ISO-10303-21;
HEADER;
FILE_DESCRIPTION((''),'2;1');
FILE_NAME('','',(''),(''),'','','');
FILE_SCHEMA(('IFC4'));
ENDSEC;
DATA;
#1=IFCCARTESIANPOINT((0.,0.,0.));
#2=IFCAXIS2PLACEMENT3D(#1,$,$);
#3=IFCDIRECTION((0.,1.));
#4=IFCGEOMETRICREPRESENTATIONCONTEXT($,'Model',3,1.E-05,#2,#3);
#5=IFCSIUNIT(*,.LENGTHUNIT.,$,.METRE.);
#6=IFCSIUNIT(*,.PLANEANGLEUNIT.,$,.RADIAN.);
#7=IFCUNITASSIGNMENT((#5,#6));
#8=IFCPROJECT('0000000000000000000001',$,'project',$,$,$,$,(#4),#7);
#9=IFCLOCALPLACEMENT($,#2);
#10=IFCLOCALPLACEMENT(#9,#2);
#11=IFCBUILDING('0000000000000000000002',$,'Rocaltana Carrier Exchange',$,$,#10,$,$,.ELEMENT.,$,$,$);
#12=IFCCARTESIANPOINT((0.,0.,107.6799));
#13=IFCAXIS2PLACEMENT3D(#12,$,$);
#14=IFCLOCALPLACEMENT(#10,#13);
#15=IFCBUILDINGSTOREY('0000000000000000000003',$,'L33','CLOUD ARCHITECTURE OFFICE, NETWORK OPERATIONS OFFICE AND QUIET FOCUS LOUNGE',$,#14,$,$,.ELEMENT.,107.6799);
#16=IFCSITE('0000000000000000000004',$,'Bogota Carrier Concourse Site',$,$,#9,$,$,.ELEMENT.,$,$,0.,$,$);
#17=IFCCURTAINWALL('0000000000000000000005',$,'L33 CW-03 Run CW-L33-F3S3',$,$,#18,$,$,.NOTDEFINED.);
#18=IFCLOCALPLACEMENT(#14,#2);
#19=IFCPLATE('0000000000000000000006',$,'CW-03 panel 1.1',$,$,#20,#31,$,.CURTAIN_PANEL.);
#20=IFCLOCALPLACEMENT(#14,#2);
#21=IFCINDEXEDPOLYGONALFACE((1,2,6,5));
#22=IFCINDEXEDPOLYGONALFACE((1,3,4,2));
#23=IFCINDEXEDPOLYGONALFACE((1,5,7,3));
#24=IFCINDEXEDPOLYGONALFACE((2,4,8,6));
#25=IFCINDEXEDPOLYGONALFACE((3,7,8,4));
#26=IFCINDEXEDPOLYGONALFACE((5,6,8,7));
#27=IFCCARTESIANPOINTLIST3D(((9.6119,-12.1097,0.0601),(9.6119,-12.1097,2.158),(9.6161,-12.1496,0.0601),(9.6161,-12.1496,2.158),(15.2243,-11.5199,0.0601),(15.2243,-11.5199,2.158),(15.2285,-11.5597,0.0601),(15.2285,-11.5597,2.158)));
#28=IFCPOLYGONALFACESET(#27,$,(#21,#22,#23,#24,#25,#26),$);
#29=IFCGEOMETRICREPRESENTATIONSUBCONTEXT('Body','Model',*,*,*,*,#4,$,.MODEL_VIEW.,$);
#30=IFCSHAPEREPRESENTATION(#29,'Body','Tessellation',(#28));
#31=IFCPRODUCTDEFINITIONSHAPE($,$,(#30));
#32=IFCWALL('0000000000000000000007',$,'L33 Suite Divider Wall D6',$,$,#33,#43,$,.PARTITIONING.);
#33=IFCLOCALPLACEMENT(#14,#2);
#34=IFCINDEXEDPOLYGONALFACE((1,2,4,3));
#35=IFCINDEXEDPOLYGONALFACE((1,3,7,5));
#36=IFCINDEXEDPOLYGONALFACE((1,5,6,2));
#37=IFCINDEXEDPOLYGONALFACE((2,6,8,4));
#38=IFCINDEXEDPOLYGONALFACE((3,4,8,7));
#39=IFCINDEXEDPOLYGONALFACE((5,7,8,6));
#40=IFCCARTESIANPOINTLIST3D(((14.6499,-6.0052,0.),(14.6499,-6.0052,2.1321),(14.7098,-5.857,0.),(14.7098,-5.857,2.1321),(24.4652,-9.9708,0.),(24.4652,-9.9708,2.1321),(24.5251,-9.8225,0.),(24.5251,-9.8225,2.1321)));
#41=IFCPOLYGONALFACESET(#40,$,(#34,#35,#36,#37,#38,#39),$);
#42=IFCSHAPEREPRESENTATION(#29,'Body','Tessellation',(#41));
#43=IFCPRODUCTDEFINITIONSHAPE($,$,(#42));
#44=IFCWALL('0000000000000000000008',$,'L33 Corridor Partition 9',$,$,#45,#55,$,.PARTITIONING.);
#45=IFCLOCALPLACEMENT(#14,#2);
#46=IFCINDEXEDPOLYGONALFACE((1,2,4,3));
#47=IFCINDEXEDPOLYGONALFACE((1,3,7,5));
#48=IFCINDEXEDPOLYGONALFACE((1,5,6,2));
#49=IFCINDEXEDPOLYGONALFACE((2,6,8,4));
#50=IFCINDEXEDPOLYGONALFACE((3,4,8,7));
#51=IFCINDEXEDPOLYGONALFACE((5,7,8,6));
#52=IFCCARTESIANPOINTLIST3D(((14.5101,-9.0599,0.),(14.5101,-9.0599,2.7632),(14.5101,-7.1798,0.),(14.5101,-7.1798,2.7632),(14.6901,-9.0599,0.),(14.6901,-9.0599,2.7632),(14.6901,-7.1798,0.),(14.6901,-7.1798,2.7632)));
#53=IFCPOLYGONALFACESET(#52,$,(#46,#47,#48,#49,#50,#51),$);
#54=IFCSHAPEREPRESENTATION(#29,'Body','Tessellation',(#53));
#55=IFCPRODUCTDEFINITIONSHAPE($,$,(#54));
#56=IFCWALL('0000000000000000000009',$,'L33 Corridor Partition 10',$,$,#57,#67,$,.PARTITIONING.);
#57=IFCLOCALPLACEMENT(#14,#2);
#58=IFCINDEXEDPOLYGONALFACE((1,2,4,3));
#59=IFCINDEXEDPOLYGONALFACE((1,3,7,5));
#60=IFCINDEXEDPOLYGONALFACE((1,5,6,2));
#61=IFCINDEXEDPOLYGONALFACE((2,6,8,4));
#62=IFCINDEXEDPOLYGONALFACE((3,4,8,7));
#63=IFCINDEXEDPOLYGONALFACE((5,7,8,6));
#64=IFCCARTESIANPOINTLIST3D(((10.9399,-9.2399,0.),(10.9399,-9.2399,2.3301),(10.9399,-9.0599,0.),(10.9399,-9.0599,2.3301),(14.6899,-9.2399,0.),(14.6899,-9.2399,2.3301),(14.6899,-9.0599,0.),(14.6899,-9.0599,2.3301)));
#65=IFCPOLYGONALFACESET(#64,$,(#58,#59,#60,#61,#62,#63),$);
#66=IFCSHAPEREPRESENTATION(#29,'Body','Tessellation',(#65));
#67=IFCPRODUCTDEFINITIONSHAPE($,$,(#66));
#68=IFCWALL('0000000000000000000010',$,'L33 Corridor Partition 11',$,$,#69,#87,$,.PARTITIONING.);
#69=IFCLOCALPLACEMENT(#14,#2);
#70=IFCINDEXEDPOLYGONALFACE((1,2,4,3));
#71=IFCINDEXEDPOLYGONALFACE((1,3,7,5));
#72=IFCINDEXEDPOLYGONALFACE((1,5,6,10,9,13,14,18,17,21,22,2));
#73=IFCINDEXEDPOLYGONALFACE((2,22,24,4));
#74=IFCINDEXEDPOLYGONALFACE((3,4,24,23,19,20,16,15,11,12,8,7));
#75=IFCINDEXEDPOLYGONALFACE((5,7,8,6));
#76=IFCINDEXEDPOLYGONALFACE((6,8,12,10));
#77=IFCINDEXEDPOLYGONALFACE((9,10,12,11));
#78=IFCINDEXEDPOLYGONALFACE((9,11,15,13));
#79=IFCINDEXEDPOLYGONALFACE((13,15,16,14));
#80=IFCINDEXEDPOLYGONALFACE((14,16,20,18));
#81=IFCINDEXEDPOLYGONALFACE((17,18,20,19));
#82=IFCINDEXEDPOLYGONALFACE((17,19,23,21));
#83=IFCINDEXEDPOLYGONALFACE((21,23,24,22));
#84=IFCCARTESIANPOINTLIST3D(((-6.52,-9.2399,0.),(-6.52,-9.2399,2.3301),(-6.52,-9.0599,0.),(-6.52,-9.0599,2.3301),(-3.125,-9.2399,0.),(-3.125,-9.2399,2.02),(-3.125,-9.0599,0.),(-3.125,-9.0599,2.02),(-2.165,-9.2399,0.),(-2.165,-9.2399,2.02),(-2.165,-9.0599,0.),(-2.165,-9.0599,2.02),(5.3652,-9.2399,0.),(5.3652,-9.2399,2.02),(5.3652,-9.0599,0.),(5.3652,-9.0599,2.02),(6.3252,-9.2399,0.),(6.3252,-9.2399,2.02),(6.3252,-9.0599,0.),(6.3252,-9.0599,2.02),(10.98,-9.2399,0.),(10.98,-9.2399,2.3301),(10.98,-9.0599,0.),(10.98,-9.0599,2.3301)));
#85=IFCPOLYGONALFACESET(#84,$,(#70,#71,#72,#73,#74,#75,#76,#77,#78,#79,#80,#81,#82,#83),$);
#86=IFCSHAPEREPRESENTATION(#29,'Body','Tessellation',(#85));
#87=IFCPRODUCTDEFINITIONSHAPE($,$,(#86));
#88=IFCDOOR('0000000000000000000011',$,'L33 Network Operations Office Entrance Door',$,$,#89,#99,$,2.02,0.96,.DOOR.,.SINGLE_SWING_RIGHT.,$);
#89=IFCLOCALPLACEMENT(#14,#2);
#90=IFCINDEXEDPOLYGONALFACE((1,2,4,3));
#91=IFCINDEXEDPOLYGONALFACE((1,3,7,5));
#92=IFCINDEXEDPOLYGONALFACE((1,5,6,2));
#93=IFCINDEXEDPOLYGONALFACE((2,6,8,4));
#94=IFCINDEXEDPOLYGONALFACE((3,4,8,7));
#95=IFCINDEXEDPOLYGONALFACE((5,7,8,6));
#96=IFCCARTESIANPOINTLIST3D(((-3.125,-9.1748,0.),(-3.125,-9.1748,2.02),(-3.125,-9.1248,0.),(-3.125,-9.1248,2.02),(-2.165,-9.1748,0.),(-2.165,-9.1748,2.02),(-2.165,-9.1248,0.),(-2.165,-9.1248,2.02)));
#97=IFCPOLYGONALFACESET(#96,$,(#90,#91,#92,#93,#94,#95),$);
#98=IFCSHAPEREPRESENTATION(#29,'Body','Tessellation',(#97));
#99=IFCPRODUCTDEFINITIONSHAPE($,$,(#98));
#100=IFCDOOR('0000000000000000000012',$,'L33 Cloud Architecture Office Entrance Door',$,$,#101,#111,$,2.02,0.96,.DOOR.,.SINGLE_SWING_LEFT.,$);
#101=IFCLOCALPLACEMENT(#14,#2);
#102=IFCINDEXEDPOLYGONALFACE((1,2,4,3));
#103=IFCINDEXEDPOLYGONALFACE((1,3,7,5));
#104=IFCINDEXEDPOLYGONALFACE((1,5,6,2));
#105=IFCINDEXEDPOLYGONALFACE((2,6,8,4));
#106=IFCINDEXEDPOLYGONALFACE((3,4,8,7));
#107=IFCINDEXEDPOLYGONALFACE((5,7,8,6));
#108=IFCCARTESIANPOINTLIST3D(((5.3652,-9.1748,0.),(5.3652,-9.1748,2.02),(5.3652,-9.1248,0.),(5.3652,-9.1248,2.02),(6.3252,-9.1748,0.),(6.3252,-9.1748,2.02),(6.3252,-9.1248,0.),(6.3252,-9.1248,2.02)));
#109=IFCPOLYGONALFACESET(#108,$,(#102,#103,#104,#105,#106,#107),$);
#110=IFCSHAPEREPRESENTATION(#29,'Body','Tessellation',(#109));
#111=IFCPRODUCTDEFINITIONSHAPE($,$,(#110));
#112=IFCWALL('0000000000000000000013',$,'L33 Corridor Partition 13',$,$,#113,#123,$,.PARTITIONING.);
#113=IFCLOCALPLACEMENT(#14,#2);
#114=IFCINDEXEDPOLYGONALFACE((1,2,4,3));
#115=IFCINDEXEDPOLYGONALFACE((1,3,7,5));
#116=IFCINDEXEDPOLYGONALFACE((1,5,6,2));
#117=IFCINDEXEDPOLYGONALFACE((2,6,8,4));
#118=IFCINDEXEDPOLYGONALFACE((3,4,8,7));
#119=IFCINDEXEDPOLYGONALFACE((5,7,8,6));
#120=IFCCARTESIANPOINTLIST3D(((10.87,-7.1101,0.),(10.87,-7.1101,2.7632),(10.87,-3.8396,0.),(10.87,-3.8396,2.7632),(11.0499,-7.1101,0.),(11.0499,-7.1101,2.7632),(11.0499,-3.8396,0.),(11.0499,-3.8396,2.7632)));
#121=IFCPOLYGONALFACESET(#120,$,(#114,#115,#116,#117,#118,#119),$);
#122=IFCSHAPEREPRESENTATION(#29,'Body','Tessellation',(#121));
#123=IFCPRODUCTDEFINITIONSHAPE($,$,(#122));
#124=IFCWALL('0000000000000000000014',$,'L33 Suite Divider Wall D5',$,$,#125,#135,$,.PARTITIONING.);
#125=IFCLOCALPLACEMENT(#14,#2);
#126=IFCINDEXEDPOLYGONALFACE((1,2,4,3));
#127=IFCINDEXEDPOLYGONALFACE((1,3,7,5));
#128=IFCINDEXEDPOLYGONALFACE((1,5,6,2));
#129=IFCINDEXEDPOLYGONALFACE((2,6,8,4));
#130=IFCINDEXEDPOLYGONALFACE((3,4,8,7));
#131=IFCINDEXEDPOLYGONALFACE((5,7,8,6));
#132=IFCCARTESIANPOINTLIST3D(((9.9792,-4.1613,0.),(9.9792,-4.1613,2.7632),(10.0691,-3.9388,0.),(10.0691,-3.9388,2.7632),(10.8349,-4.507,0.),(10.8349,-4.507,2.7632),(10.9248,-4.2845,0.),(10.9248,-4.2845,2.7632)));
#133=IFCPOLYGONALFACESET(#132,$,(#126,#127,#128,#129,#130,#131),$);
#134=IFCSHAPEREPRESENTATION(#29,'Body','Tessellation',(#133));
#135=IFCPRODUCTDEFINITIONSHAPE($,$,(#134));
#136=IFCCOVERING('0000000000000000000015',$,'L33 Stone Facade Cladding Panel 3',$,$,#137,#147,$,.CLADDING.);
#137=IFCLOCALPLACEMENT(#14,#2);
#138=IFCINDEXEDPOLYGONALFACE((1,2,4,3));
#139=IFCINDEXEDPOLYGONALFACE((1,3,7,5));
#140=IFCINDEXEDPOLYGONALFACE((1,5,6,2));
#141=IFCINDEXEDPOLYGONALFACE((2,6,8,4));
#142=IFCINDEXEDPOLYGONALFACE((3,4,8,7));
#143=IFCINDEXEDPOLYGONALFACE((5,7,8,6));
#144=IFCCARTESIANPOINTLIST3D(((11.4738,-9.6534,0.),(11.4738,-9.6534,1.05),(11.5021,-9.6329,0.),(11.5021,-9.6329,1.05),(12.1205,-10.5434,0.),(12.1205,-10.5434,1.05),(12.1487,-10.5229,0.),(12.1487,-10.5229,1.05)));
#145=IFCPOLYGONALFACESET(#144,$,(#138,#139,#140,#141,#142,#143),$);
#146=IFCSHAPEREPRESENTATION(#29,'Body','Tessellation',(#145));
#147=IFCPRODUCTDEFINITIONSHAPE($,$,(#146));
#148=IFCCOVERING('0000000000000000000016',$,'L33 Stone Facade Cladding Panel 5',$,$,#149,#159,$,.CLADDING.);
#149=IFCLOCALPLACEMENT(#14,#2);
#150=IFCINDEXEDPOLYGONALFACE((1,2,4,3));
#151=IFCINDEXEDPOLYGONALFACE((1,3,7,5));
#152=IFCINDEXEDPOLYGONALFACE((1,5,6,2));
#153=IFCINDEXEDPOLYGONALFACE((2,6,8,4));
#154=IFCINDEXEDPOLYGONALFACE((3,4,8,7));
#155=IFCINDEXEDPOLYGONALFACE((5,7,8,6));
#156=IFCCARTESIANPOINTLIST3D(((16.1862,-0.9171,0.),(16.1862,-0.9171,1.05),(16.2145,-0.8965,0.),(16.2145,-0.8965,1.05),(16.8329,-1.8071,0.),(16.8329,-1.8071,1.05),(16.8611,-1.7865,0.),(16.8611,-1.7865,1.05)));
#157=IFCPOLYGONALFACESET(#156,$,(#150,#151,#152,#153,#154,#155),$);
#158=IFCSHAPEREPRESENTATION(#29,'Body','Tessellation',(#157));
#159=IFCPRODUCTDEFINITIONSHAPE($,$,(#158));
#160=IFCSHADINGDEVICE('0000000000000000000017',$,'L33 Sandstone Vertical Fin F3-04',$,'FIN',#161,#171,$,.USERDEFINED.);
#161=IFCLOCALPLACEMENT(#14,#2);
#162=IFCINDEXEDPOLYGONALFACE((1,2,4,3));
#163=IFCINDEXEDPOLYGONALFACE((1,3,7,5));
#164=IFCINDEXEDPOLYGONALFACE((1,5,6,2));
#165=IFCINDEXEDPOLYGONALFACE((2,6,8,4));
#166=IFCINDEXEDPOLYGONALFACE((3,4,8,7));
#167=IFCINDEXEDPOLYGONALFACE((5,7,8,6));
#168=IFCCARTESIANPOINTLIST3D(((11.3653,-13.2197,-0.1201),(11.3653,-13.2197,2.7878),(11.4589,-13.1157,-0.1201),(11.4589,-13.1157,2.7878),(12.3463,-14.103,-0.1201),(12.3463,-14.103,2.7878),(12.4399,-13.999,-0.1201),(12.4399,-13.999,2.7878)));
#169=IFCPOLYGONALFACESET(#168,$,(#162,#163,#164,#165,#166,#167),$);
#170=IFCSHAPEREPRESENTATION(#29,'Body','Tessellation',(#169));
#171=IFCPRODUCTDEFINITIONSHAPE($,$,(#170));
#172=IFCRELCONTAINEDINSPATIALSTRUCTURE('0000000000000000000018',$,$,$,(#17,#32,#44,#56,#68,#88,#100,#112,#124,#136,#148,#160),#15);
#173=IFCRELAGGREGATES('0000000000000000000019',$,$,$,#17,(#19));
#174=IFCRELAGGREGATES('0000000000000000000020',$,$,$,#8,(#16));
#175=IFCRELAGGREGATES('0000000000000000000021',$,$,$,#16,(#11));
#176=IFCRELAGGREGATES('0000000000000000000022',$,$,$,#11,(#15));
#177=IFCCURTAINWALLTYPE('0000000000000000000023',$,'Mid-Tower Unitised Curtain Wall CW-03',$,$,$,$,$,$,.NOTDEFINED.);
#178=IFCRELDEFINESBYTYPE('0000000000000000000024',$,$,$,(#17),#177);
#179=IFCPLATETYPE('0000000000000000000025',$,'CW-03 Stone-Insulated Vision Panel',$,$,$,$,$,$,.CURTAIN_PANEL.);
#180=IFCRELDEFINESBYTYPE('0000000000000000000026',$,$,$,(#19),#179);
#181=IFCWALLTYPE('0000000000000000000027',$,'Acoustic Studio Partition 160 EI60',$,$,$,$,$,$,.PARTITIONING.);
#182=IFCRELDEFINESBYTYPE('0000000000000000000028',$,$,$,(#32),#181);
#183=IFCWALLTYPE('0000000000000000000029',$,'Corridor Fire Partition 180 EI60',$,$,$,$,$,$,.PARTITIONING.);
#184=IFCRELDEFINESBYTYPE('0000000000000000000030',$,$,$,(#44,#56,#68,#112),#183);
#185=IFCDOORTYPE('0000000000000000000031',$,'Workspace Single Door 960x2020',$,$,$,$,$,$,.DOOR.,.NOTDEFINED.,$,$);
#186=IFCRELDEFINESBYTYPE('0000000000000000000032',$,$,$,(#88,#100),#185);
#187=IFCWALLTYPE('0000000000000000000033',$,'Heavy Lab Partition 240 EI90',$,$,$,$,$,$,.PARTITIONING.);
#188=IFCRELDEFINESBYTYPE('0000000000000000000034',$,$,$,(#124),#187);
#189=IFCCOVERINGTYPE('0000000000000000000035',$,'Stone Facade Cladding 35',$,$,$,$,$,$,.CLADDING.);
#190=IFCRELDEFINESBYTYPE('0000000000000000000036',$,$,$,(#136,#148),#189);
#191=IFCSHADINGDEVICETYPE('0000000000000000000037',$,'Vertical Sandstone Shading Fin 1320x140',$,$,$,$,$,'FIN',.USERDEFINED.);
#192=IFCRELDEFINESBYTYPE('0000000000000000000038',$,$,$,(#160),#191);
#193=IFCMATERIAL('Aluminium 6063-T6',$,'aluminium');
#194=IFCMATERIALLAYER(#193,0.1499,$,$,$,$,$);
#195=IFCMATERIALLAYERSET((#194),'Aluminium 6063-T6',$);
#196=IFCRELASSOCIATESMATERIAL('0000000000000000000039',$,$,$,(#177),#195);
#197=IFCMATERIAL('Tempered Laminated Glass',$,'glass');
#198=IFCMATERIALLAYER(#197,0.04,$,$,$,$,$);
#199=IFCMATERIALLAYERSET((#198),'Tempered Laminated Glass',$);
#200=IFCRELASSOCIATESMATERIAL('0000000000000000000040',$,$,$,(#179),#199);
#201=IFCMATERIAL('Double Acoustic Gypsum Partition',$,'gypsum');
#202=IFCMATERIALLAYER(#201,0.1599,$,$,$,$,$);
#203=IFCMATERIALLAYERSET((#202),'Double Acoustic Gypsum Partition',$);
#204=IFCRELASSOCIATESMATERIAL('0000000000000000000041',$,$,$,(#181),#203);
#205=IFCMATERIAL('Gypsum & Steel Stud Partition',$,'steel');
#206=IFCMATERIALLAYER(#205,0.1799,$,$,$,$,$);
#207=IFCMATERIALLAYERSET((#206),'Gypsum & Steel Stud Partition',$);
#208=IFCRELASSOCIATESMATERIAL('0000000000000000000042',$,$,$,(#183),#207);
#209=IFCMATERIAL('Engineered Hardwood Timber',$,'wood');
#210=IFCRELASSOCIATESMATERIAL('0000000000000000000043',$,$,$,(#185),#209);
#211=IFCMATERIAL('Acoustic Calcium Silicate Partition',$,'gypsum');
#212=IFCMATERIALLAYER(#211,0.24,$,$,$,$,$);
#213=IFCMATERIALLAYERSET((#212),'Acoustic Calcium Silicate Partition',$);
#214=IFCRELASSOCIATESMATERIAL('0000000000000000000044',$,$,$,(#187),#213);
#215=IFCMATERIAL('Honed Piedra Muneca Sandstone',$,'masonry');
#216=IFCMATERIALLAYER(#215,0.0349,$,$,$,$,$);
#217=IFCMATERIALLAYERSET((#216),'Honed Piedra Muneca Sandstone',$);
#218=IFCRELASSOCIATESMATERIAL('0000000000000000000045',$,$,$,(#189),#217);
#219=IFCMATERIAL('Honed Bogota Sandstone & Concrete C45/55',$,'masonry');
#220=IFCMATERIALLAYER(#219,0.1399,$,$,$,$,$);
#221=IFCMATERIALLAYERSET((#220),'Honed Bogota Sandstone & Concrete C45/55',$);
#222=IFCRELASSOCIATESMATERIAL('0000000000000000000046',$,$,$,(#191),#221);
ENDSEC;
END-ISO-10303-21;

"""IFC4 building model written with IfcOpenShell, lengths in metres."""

from ifc_helpers import new_model, si_unit, direction, frame, frame_2d, origin, origin_2d, place, context, subcontext, project, spatial, rectangle, extrude, material, layer, layer_set, type_object, element, fill, aggregate, save


model = new_model("IFC4")

# Units and contexts
model_context = context("Model", 3, precision=1e-05, world=origin(), true_north=direction((0.0, 1.0)))
body_context = subcontext(model_context, "Body", "Model", "MODEL_VIEW")
ifc_project = project(units=[si_unit("LENGTHUNIT", "METRE"), si_unit("PLANEANGLEUNIT", "RADIAN")], contexts=[model_context])

# Site, building, storey
site_placement = place(None, origin())
site = spatial("IfcSite", under=ifc_project, at=site_placement, Name="Bogota Carrier Concourse Site", CompositionType="ELEMENT", RefElevation=0.0)
building_placement = place(site_placement, origin())
building = spatial("IfcBuilding", under=site, at=building_placement, Name="Rocaltana Carrier Exchange", CompositionType="ELEMENT")
storey_placement = place(building_placement, frame((0.0, 0.0, 107.6799)))
storey = spatial("IfcBuildingStorey", under=building, at=storey_placement, Name="L33", Description="CLOUD ARCHITECTURE OFFICE, NETWORK OPERATIONS OFFICE AND QUIET FOCUS LOUNGE", CompositionType="ELEMENT", Elevation=107.6799)

# Curtain wall
ifc_material_1 = material(Name="Aluminium 6063-T6", Category="aluminium")
ifc_layer_1 = layer(ifc_material_1, 0.1499)
ifc_layer_set_1 = layer_set([ifc_layer_1], Name="Aluminium 6063-T6")
curtain_wall_type = type_object("IfcCurtainWallType", Name="Mid-Tower Unitised Curtain Wall CW-03", PredefinedType="NOTDEFINED", material=ifc_layer_set_1)
curtain_wall_1_placement = place(storey_placement, origin())
curtain_wall_1 = element("IfcCurtainWall", 1, at=curtain_wall_1_placement, inside=storey, type_object=curtain_wall_type, Name="L33 CW-03 Run CW-L33-F3S3", PredefinedType="NOTDEFINED")

# Shared definitions
ifc_material_2 = material(Name="Tempered Laminated Glass", Category="glass")
ifc_layer_2 = layer(ifc_material_2, 0.04)
ifc_layer_set_2 = layer_set([ifc_layer_2], Name="Tempered Laminated Glass")
plate_type = type_object("IfcPlateType", Name="CW-03 Stone-Insulated Vision Panel", PredefinedType="CURTAIN_PANEL", material=ifc_layer_set_2)

# Plate
plate_1_placement = place(storey_placement, frame((12.4202, -11.8347, 0.0601), z_axis=(0.0, 0.0, 1.0), x_axis=(0.994523, 0.104522, 0.0)))
plate_1 = element("IfcPlate", 2, at=plate_1_placement, type_object=plate_type, Name="CW-03 panel 1.1", PredefinedType="CURTAIN_PANEL", context=body_context, shape_type="SweptSolid", body=[
    extrude(rectangle(XDim=5.6433, YDim=0.04, at=origin_2d()), origin(), (0.0, 0.0, 1.0), 2.0979),
])
aggregate(curtain_wall_1, [plate_1])

# Walls
ifc_material_3 = material(Name="Double Acoustic Gypsum Partition", Category="gypsum")
ifc_layer_3 = layer(ifc_material_3, 0.1599)
ifc_layer_set_3 = layer_set([ifc_layer_3], Name="Double Acoustic Gypsum Partition")
wall_type_1 = type_object("IfcWallType", Name="Acoustic Studio Partition 160 EI60", PredefinedType="PARTITIONING", material=ifc_layer_set_3)
wall_1_placement = place(storey_placement, frame((14.6799, -5.9312, 0.0), z_axis=(0.0, 0.0, 1.0), x_axis=(0.927188, -0.374597, 0.0)))
element("IfcWall", 3, at=wall_1_placement, inside=storey, type_object=wall_type_1, Name="L33 Suite Divider Wall D6", PredefinedType="PARTITIONING", context=body_context, shape_type="SweptSolid", body=[
    extrude(rectangle(XDim=10.5862, YDim=0.1599, at=frame_2d((5.293, 0.0))), origin(), (0.0, 0.0, 1.0), 2.1321),
])
ifc_material_4 = material(Name="Gypsum & Steel Stud Partition", Category="steel")
ifc_layer_4 = layer(ifc_material_4, 0.1799)
ifc_layer_set_4 = layer_set([ifc_layer_4], Name="Gypsum & Steel Stud Partition")
wall_type_2 = type_object("IfcWallType", Name="Corridor Fire Partition 180 EI60", PredefinedType="PARTITIONING", material=ifc_layer_set_4)
wall_2_placement = place(storey_placement, frame((14.6001, -7.1799, 0.0), z_axis=(0.0, 0.0, 1.0), x_axis=(0.0, -1.0, 0.0)))
element("IfcWall", 4, at=wall_2_placement, inside=storey, type_object=wall_type_2, Name="L33 Corridor Partition 9", PredefinedType="PARTITIONING", context=body_context, shape_type="SweptSolid", body=[
    extrude(rectangle(XDim=1.8801, YDim=0.1799, at=frame_2d((0.9399, 0.0))), origin(), (0.0, 0.0, 1.0), 2.7632),
])
wall_3_placement = place(storey_placement, frame((14.6899, -9.1499, 0.0), z_axis=(0.0, 0.0, 1.0), x_axis=(-1.0, 0.0, 0.0)))
element("IfcWall", 5, at=wall_3_placement, inside=storey, type_object=wall_type_2, Name="L33 Corridor Partition 10", PredefinedType="PARTITIONING", context=body_context, shape_type="SweptSolid", body=[
    extrude(rectangle(XDim=3.75, YDim=0.1799, at=frame_2d((1.875, 0.0))), origin(), (0.0, 0.0, 1.0), 2.3301),
])

# Wall, openings, doors
wall_4_placement = place(storey_placement, frame((10.98, -9.1499, 0.0), z_axis=(0.0, 0.0, 1.0), x_axis=(-1.0, 0.0, 0.0)))
wall_4 = element("IfcWall", 6, at=wall_4_placement, inside=storey, type_object=wall_type_2, Name="L33 Corridor Partition 11", PredefinedType="PARTITIONING", context=body_context, shape_type="SweptSolid", body=[
    extrude(rectangle(XDim=17.5, YDim=0.1799, at=frame_2d((8.75, 0.0))), origin(), (0.0, 0.0, 1.0), 2.3301),
])
opening_1_placement = place(wall_4_placement, frame((13.145, 0.0, 0.0)))
opening_1 = element("IfcOpeningElement", 7, at=opening_1_placement, cuts=wall_4, PredefinedType="OPENING", context=body_context, shape_type="SweptSolid", body=[
    extrude(rectangle(XDim=0.96, YDim=2.02, at=frame_2d((0.48, 1.01))), frame((0.0, 0.0999, 0.0), z_axis=(0.0, -1.0, 0.0), x_axis=(1.0, 0.0, 0.0)), (0.0, 0.0, 1.0), 0.2),
])
opening_2_placement = place(wall_4_placement, frame((4.6548, 0.0, 0.0)))
opening_2 = element("IfcOpeningElement", 8, at=opening_2_placement, cuts=wall_4, PredefinedType="OPENING", context=body_context, shape_type="SweptSolid", body=[
    extrude(rectangle(XDim=0.96, YDim=2.02, at=frame_2d((0.48, 1.01))), frame((0.0, 0.0999, 0.0), z_axis=(0.0, -1.0, 0.0), x_axis=(1.0, 0.0, 0.0)), (0.0, 0.0, 1.0), 0.2),
])
ifc_material_5 = material(Name="Engineered Hardwood Timber", Category="wood")
door_type = type_object("IfcDoorType", Name="Workspace Single Door 960x2020", OperationType="NOTDEFINED", PredefinedType="DOOR", material=ifc_material_5)
door_1_placement = place(opening_1_placement, origin())
door_1 = element("IfcDoor", 9, at=door_1_placement, inside=storey, type_object=door_type, Name="L33 Network Operations Office Entrance Door", OperationType="SINGLE_SWING_RIGHT", OverallHeight=2.02, OverallWidth=0.96, PredefinedType="DOOR", context=body_context, shape_type="SweptSolid", body=[
    extrude(rectangle(XDim=0.96, YDim=2.02, at=frame_2d((0.48, 1.01))), frame((0.0, 0.0249, 0.0), z_axis=(0.0, -1.0, 0.0), x_axis=(1.0, 0.0, 0.0)), (0.0, 0.0, 1.0), 0.05),
])
fill(opening_1, door_1)
door_2_placement = place(opening_2_placement, origin())
door_2 = element("IfcDoor", 10, at=door_2_placement, inside=storey, type_object=door_type, Name="L33 Cloud Architecture Office Entrance Door", OperationType="SINGLE_SWING_LEFT", OverallHeight=2.02, OverallWidth=0.96, PredefinedType="DOOR", context=body_context, shape_type="SweptSolid", body=[
    extrude(rectangle(XDim=0.96, YDim=2.02, at=frame_2d((0.48, 1.01))), frame((0.0, 0.0249, 0.0), z_axis=(0.0, -1.0, 0.0), x_axis=(1.0, 0.0, 0.0)), (0.0, 0.0, 1.0), 0.05),
])
fill(opening_2, door_2)

# Walls
wall_5_placement = place(storey_placement, frame((10.96, -7.1101, 0.0), z_axis=(0.0, 0.0, 1.0), x_axis=(0.0, 1.0, 0.0)))
element("IfcWall", 11, at=wall_5_placement, inside=storey, type_object=wall_type_2, Name="L33 Corridor Partition 13", PredefinedType="PARTITIONING", context=body_context, shape_type="SweptSolid", body=[
    extrude(rectangle(XDim=3.2705, YDim=0.1799, at=frame_2d((1.6353, 0.0))), origin(), (0.0, 0.0, 1.0), 2.7632),
])
ifc_material_6 = material(Name="Acoustic Calcium Silicate Partition", Category="gypsum")
ifc_layer_5 = layer(ifc_material_6, 0.24)
ifc_layer_set_5 = layer_set([ifc_layer_5], Name="Acoustic Calcium Silicate Partition")
wall_type_3 = type_object("IfcWallType", Name="Heavy Lab Partition 240 EI90", PredefinedType="PARTITIONING", material=ifc_layer_set_5)
wall_6_placement = place(storey_placement, frame((10.0242, -4.05, 0.0), z_axis=(0.0, 0.0, 1.0), x_axis=(0.927194, -0.374581, 0.0)))
element("IfcWall", 12, at=wall_6_placement, inside=storey, type_object=wall_type_3, Name="L33 Suite Divider Wall D5", PredefinedType="PARTITIONING", context=body_context, shape_type="SweptSolid", body=[
    extrude(rectangle(XDim=0.9229, YDim=0.24, at=frame_2d((0.4614, 0.0))), origin(), (0.0, 0.0, 1.0), 2.7632),
])

# Coverings
ifc_material_7 = material(Name="Honed Piedra Muneca Sandstone", Category="masonry")
ifc_layer_6 = layer(ifc_material_7, 0.0349)
ifc_layer_set_6 = layer_set([ifc_layer_6], Name="Honed Piedra Muneca Sandstone")
covering_type = type_object("IfcCoveringType", Name="Stone Facade Cladding 35", PredefinedType="CLADDING", material=ifc_layer_set_6)
for number, where, z_axis, x_axis, name in (
    (13, (11.8113, -10.0881, 0.0), (0.0, 0.0, 1.0), (-0.587785, 0.809017, 0.0), "L33 Stone Facade Cladding Panel 3"),
    (14, (16.5237, -1.3518, 0.0), (0.0, 0.0, 1.0), (-0.587785, 0.809017, 0.0), "L33 Stone Facade Cladding Panel 5"),
):
    element("IfcCovering", number, at=place(storey_placement, frame(where, z_axis=z_axis, x_axis=x_axis)), inside=storey, type_object=covering_type, Name=name, PredefinedType="CLADDING", context=body_context, shape_type="SweptSolid", body=[
        extrude(rectangle(XDim=1.1001, YDim=0.0349, at=origin_2d()), origin(), (0.0, 0.0, 1.0), 1.05),
    ])

# Shading device
ifc_material_8 = material(Name="Honed Bogota Sandstone & Concrete C45/55", Category="masonry")
ifc_layer_7 = layer(ifc_material_8, 0.1399)
ifc_layer_set_7 = layer_set([ifc_layer_7], Name="Honed Bogota Sandstone & Concrete C45/55")
shading_device_type = type_object("IfcShadingDeviceType", Name="Vertical Sandstone Shading Fin 1320x140", ElementType="FIN", PredefinedType="USERDEFINED", material=ifc_layer_set_7)
shading_device_placement = place(storey_placement, frame((11.9026, -13.6094, -0.1201), z_axis=(0.0, 0.0, 1.0), x_axis=(0.743145, -0.669131, 0.0)))
element("IfcShadingDevice", 15, at=shading_device_placement, inside=storey, type_object=shading_device_type, Name="L33 Sandstone Vertical Fin F3-04", ObjectType="FIN", PredefinedType="USERDEFINED", context=body_context, shape_type="SweptSolid", body=[
    extrude(rectangle(XDim=1.3201, YDim=0.1399, at=origin_2d()), origin(), (0.0, 0.0, 1.0), 2.908),
])

save(model, "model.ifc")
